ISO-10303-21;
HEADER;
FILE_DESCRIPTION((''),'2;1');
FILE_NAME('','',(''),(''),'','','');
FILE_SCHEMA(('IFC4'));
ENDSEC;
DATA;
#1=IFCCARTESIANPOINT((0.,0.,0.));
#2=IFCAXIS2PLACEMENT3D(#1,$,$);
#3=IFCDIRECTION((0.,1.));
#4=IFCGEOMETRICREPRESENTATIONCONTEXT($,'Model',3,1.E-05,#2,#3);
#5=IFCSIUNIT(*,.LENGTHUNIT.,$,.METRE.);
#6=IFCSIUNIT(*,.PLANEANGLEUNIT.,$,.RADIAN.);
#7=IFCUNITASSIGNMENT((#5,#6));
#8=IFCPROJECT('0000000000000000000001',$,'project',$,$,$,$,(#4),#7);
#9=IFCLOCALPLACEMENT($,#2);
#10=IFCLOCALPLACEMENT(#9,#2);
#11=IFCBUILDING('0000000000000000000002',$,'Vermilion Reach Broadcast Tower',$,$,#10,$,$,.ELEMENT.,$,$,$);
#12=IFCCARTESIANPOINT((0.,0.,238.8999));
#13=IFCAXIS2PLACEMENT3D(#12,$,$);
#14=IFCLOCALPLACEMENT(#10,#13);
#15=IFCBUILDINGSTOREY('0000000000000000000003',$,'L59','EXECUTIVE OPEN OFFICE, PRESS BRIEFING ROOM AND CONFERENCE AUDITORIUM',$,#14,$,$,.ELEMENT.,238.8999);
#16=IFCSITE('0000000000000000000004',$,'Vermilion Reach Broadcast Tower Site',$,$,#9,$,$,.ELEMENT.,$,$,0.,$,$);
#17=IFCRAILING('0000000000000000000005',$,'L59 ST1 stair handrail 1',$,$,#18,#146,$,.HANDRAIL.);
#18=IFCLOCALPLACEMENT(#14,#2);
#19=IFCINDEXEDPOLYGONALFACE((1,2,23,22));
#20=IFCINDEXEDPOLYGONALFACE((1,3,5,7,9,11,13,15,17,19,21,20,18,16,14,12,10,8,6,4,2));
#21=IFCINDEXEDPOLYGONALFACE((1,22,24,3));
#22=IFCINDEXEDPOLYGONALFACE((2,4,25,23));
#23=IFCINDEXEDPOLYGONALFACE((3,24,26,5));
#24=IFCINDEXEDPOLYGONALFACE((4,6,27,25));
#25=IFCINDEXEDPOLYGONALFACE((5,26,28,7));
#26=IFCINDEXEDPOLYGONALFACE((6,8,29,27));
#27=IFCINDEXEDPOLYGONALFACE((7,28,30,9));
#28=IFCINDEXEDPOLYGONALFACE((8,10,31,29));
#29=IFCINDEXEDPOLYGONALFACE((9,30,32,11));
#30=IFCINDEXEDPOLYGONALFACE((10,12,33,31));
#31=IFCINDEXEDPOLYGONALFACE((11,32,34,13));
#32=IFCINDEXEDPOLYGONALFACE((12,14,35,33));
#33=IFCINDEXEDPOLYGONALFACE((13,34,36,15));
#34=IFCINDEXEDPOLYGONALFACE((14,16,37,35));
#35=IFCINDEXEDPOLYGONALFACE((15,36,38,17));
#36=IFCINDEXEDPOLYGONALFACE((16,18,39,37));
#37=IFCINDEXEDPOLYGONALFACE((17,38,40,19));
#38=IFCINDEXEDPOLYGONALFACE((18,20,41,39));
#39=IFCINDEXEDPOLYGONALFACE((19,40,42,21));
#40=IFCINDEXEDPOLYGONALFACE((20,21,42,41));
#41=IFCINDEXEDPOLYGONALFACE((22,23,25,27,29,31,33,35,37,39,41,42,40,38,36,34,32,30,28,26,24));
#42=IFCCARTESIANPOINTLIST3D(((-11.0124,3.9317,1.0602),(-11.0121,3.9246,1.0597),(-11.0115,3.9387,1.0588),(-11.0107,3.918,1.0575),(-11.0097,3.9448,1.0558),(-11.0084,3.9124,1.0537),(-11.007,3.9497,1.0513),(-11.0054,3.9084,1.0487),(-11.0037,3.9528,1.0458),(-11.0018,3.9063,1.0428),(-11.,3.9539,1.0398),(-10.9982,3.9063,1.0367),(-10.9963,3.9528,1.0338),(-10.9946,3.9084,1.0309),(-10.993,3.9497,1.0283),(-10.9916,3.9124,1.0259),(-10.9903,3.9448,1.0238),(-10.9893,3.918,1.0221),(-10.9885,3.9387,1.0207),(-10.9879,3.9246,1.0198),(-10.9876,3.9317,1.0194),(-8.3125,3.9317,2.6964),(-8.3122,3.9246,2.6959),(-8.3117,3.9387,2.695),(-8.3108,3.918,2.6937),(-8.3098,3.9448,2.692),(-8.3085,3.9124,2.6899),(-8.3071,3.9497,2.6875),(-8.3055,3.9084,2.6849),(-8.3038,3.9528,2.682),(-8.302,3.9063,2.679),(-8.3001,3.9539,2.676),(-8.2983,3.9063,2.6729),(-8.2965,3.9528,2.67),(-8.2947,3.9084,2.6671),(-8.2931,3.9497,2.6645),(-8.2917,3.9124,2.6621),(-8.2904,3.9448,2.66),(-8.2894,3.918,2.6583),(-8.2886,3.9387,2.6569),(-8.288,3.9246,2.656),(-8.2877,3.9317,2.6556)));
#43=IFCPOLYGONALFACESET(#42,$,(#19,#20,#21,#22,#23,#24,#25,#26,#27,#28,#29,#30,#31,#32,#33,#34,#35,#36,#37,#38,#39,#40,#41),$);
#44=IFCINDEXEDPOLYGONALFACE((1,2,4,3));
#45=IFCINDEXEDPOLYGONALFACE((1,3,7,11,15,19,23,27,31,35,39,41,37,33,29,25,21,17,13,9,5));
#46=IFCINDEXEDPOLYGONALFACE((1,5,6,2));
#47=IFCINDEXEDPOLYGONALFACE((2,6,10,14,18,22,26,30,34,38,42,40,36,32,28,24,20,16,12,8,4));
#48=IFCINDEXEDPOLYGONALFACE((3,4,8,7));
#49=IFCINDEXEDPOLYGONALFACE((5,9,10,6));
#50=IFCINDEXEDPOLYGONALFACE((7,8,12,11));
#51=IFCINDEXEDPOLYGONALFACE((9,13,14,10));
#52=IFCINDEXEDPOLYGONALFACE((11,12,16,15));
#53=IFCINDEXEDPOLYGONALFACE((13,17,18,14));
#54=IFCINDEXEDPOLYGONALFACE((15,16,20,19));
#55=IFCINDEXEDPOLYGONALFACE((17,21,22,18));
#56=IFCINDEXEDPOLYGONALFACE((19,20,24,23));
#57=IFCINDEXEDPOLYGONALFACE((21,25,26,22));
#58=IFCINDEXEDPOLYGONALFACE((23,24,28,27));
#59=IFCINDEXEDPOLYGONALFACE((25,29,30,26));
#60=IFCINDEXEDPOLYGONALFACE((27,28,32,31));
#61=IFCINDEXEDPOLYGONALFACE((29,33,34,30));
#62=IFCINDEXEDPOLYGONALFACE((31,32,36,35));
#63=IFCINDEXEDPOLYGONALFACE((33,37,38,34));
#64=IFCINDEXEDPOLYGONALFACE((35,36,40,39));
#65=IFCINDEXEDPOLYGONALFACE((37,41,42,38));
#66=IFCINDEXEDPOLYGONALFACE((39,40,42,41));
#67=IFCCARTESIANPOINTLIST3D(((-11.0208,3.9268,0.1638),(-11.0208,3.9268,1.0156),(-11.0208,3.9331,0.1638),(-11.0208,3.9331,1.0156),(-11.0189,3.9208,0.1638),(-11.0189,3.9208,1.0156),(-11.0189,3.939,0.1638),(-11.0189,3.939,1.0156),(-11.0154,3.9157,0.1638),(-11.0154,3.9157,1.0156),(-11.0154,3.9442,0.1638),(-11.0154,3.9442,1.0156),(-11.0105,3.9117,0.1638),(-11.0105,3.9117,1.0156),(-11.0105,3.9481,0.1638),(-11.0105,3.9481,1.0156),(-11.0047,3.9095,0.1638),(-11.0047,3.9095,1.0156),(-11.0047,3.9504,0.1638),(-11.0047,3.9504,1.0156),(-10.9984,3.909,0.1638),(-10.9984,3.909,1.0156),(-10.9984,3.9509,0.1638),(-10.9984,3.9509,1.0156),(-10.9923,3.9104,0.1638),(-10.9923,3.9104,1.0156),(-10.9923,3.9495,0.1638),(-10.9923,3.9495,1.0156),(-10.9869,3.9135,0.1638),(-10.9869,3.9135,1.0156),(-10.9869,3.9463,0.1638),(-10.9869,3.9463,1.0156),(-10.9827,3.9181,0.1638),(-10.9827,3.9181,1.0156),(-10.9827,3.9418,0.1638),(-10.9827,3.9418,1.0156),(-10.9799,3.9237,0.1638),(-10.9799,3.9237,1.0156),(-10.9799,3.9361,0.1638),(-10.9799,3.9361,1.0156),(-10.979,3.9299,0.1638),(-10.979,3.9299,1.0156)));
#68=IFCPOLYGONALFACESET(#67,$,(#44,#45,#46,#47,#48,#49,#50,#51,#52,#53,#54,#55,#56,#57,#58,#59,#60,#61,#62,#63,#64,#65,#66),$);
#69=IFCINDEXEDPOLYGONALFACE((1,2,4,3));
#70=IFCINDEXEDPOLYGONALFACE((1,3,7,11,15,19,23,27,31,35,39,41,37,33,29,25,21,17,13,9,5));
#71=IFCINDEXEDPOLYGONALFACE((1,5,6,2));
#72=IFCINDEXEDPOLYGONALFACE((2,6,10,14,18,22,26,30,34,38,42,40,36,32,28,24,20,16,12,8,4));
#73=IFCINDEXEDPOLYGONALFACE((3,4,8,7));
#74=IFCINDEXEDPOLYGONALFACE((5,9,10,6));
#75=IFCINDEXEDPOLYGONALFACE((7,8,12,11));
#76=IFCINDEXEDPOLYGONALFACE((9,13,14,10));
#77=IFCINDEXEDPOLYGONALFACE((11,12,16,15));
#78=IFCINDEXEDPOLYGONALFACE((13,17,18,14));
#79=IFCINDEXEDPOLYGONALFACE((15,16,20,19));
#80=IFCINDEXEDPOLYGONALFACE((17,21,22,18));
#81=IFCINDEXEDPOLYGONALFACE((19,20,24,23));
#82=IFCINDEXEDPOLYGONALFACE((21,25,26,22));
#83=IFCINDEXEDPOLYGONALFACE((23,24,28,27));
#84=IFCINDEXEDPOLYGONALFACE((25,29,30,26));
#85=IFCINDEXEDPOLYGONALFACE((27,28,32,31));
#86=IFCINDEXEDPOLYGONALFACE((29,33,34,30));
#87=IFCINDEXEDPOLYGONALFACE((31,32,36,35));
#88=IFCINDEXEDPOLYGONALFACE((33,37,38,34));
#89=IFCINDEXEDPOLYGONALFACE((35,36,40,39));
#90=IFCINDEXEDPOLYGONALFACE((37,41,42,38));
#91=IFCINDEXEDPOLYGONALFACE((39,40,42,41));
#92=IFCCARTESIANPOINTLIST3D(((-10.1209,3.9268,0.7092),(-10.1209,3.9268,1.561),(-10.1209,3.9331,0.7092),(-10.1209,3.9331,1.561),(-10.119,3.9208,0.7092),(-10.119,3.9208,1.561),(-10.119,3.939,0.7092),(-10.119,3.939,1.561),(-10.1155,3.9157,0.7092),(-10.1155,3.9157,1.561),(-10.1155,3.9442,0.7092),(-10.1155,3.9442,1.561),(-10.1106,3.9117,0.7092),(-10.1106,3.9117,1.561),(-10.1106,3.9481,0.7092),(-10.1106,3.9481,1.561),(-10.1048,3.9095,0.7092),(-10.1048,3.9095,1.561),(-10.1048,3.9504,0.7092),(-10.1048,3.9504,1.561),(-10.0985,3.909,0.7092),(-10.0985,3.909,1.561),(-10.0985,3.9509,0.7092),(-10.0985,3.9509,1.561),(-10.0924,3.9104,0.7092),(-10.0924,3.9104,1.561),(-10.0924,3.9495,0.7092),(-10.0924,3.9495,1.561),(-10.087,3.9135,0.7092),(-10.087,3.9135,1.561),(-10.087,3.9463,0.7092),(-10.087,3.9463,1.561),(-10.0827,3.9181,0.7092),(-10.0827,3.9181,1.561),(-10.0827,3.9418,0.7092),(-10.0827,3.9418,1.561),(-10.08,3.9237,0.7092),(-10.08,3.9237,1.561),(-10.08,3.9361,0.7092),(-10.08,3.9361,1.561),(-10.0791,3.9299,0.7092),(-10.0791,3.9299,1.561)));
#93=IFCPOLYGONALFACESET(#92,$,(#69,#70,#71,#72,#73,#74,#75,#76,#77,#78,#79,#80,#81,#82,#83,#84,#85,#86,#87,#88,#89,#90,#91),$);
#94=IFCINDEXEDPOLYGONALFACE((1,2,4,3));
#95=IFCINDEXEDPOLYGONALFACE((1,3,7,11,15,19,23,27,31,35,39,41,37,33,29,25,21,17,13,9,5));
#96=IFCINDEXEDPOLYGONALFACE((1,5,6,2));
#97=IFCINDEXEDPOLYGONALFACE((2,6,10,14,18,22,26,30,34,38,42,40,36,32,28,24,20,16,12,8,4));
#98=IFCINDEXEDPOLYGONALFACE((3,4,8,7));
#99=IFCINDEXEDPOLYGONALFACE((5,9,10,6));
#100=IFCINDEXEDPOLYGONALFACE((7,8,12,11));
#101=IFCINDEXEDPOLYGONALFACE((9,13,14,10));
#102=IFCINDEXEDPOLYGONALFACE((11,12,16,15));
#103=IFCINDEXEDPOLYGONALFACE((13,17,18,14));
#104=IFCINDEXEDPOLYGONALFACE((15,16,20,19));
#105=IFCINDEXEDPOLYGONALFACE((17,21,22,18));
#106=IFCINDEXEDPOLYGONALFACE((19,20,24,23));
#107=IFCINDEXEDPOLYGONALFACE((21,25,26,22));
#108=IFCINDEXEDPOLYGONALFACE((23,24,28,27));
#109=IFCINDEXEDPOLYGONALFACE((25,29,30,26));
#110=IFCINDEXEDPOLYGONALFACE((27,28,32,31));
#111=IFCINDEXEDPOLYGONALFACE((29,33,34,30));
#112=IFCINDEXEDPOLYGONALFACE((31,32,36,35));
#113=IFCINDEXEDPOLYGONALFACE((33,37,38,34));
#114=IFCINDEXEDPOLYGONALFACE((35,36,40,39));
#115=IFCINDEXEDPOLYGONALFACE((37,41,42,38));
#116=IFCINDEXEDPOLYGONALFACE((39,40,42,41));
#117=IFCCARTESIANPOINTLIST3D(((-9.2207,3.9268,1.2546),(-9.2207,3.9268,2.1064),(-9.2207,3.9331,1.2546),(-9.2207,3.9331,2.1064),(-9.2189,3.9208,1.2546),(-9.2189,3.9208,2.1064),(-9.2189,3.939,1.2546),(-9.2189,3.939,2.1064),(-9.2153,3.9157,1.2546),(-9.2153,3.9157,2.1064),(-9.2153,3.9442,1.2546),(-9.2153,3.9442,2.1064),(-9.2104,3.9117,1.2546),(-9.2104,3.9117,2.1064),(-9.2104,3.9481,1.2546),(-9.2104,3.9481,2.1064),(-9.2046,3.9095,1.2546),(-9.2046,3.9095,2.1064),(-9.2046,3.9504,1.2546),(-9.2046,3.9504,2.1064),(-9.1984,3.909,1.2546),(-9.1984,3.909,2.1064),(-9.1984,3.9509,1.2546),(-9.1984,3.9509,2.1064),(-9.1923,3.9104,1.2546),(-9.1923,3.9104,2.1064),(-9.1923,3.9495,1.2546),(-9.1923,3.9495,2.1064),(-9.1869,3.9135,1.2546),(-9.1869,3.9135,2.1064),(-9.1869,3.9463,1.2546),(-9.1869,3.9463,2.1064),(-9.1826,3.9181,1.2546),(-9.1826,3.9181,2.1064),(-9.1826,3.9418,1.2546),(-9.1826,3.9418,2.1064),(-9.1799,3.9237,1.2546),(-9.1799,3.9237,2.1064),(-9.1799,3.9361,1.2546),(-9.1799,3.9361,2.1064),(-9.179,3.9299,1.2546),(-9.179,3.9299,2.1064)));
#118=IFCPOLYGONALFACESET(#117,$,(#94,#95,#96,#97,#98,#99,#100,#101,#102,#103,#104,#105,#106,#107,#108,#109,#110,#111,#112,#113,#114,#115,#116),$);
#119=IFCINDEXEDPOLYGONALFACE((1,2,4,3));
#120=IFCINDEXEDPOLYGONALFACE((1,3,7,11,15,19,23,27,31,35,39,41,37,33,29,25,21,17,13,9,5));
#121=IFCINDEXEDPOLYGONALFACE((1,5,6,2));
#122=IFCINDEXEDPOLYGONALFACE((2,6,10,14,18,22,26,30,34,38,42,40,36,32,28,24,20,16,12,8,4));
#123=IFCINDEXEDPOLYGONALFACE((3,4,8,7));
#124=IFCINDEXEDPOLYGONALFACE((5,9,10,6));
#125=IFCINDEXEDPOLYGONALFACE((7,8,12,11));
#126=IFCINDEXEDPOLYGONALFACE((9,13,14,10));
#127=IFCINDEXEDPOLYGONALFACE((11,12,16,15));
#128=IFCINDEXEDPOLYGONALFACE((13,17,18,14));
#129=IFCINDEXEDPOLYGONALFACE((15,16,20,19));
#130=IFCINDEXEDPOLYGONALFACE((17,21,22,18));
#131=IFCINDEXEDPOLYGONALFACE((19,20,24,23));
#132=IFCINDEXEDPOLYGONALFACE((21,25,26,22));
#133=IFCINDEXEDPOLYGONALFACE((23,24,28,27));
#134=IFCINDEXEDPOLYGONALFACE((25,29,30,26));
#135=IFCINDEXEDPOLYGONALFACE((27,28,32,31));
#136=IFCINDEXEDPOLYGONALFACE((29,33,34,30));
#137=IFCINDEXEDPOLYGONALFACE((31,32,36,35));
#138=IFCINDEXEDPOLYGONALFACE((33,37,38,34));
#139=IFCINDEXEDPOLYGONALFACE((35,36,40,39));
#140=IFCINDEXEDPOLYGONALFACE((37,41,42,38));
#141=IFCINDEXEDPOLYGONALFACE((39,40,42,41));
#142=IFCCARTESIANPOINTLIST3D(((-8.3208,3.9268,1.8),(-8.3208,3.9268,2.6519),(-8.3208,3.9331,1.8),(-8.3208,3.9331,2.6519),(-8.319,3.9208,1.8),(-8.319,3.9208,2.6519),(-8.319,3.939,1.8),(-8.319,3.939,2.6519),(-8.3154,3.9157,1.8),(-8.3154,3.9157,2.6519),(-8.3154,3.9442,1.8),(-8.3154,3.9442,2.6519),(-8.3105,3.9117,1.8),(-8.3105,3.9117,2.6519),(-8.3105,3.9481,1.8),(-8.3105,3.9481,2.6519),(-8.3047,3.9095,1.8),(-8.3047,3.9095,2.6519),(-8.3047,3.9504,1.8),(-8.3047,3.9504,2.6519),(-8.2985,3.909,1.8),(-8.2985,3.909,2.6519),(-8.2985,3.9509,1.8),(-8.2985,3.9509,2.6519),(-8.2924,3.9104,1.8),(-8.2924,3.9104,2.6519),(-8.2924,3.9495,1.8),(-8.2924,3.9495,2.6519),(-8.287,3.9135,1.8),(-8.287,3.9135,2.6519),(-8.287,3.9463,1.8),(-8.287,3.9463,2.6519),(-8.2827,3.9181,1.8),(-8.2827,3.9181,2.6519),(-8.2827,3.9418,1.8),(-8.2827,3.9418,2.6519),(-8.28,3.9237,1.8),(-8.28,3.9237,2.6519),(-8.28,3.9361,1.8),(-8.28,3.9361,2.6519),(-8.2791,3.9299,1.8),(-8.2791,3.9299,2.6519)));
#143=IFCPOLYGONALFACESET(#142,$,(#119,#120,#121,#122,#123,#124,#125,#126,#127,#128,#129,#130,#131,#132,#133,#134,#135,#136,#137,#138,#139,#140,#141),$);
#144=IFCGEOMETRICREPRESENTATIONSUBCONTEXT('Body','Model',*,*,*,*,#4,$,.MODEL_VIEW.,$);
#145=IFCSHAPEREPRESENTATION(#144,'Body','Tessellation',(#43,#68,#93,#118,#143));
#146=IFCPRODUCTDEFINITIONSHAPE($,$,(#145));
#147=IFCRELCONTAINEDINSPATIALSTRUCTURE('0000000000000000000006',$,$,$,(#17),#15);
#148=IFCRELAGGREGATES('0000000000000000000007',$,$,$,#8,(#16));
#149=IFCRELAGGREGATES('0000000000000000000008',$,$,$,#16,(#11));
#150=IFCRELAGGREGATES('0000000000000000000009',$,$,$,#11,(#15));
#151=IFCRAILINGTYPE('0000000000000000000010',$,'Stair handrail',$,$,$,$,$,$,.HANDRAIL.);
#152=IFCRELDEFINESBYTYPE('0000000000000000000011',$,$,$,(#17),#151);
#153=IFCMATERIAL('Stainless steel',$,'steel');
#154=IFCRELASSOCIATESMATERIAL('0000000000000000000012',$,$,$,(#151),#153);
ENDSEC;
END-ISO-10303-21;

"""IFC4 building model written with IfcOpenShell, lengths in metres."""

from ifc_helpers import new_model, si_unit, direction, frame, origin, origin_2d, place, context, subcontext, project, spatial, circle, extrude, material, type_object, element, save


model = new_model("IFC4")

# Units and contexts
model_context = context("Model", 3, precision=1e-05, world=origin(), true_north=direction((0.0, 1.0)))
body_context = subcontext(model_context, "Body", "Model", "MODEL_VIEW")
ifc_project = project(units=[si_unit("LENGTHUNIT", "METRE"), si_unit("PLANEANGLEUNIT", "RADIAN")], contexts=[model_context])

# Site, building, storey
site_placement = place(None, origin())
site = spatial("IfcSite", under=ifc_project, at=site_placement, Name="Vermilion Reach Broadcast Tower Site", CompositionType="ELEMENT", RefElevation=0.0)
building_placement = place(site_placement, origin())
building = spatial("IfcBuilding", under=site, at=building_placement, Name="Vermilion Reach Broadcast Tower", CompositionType="ELEMENT")
storey_placement = place(building_placement, frame((0.0, 0.0, 238.8999)))
storey = spatial("IfcBuildingStorey", under=building, at=storey_placement, Name="L59", Description="EXECUTIVE OPEN OFFICE, PRESS BRIEFING ROOM AND CONFERENCE AUDITORIUM", CompositionType="ELEMENT", Elevation=238.8999)

# Railing
ifc_material_1 = material(Name="Stainless steel", Category="steel")
railing_type_1 = type_object("IfcRailingType", Name="Stair handrail", PredefinedType="HANDRAIL", material=ifc_material_1)
railing_1_placement = place(storey_placement, frame((-11.0, 3.9299, 0.1638)))
element("IfcRailing", 1, at=railing_1_placement, inside=storey, type_object=railing_type_1, Name="L59 ST1 stair handrail 1", PredefinedType="HANDRAIL", context=body_context, shape_type="SweptSolid", body=[
    extrude(circle(Radius=0.0239, at=origin_2d()), frame((0.0, 0.0, 0.876), z_axis=(0.855212, 0.0, 0.518278), x_axis=(0.0, 1.0, 0.0)), (0.0, 0.0, 1.0), 3.157),
    extrude(circle(Radius=0.021, at=origin_2d()), origin(), (0.0, 0.0, 1.0), 0.8518),
    extrude(circle(Radius=0.021, at=origin_2d()), frame((0.8999, 0.0, 0.5454)), (0.0, 0.0, 1.0), 0.8518),
    extrude(circle(Radius=0.021, at=origin_2d()), frame((1.8, 0.0, 1.0908)), (0.0, 0.0, 1.0), 0.8518),
    extrude(circle(Radius=0.021, at=origin_2d()), frame((2.7, 0.0, 1.6362)), (0.0, 0.0, 1.0), 0.8518),
])

save(model, "model.ifc")
